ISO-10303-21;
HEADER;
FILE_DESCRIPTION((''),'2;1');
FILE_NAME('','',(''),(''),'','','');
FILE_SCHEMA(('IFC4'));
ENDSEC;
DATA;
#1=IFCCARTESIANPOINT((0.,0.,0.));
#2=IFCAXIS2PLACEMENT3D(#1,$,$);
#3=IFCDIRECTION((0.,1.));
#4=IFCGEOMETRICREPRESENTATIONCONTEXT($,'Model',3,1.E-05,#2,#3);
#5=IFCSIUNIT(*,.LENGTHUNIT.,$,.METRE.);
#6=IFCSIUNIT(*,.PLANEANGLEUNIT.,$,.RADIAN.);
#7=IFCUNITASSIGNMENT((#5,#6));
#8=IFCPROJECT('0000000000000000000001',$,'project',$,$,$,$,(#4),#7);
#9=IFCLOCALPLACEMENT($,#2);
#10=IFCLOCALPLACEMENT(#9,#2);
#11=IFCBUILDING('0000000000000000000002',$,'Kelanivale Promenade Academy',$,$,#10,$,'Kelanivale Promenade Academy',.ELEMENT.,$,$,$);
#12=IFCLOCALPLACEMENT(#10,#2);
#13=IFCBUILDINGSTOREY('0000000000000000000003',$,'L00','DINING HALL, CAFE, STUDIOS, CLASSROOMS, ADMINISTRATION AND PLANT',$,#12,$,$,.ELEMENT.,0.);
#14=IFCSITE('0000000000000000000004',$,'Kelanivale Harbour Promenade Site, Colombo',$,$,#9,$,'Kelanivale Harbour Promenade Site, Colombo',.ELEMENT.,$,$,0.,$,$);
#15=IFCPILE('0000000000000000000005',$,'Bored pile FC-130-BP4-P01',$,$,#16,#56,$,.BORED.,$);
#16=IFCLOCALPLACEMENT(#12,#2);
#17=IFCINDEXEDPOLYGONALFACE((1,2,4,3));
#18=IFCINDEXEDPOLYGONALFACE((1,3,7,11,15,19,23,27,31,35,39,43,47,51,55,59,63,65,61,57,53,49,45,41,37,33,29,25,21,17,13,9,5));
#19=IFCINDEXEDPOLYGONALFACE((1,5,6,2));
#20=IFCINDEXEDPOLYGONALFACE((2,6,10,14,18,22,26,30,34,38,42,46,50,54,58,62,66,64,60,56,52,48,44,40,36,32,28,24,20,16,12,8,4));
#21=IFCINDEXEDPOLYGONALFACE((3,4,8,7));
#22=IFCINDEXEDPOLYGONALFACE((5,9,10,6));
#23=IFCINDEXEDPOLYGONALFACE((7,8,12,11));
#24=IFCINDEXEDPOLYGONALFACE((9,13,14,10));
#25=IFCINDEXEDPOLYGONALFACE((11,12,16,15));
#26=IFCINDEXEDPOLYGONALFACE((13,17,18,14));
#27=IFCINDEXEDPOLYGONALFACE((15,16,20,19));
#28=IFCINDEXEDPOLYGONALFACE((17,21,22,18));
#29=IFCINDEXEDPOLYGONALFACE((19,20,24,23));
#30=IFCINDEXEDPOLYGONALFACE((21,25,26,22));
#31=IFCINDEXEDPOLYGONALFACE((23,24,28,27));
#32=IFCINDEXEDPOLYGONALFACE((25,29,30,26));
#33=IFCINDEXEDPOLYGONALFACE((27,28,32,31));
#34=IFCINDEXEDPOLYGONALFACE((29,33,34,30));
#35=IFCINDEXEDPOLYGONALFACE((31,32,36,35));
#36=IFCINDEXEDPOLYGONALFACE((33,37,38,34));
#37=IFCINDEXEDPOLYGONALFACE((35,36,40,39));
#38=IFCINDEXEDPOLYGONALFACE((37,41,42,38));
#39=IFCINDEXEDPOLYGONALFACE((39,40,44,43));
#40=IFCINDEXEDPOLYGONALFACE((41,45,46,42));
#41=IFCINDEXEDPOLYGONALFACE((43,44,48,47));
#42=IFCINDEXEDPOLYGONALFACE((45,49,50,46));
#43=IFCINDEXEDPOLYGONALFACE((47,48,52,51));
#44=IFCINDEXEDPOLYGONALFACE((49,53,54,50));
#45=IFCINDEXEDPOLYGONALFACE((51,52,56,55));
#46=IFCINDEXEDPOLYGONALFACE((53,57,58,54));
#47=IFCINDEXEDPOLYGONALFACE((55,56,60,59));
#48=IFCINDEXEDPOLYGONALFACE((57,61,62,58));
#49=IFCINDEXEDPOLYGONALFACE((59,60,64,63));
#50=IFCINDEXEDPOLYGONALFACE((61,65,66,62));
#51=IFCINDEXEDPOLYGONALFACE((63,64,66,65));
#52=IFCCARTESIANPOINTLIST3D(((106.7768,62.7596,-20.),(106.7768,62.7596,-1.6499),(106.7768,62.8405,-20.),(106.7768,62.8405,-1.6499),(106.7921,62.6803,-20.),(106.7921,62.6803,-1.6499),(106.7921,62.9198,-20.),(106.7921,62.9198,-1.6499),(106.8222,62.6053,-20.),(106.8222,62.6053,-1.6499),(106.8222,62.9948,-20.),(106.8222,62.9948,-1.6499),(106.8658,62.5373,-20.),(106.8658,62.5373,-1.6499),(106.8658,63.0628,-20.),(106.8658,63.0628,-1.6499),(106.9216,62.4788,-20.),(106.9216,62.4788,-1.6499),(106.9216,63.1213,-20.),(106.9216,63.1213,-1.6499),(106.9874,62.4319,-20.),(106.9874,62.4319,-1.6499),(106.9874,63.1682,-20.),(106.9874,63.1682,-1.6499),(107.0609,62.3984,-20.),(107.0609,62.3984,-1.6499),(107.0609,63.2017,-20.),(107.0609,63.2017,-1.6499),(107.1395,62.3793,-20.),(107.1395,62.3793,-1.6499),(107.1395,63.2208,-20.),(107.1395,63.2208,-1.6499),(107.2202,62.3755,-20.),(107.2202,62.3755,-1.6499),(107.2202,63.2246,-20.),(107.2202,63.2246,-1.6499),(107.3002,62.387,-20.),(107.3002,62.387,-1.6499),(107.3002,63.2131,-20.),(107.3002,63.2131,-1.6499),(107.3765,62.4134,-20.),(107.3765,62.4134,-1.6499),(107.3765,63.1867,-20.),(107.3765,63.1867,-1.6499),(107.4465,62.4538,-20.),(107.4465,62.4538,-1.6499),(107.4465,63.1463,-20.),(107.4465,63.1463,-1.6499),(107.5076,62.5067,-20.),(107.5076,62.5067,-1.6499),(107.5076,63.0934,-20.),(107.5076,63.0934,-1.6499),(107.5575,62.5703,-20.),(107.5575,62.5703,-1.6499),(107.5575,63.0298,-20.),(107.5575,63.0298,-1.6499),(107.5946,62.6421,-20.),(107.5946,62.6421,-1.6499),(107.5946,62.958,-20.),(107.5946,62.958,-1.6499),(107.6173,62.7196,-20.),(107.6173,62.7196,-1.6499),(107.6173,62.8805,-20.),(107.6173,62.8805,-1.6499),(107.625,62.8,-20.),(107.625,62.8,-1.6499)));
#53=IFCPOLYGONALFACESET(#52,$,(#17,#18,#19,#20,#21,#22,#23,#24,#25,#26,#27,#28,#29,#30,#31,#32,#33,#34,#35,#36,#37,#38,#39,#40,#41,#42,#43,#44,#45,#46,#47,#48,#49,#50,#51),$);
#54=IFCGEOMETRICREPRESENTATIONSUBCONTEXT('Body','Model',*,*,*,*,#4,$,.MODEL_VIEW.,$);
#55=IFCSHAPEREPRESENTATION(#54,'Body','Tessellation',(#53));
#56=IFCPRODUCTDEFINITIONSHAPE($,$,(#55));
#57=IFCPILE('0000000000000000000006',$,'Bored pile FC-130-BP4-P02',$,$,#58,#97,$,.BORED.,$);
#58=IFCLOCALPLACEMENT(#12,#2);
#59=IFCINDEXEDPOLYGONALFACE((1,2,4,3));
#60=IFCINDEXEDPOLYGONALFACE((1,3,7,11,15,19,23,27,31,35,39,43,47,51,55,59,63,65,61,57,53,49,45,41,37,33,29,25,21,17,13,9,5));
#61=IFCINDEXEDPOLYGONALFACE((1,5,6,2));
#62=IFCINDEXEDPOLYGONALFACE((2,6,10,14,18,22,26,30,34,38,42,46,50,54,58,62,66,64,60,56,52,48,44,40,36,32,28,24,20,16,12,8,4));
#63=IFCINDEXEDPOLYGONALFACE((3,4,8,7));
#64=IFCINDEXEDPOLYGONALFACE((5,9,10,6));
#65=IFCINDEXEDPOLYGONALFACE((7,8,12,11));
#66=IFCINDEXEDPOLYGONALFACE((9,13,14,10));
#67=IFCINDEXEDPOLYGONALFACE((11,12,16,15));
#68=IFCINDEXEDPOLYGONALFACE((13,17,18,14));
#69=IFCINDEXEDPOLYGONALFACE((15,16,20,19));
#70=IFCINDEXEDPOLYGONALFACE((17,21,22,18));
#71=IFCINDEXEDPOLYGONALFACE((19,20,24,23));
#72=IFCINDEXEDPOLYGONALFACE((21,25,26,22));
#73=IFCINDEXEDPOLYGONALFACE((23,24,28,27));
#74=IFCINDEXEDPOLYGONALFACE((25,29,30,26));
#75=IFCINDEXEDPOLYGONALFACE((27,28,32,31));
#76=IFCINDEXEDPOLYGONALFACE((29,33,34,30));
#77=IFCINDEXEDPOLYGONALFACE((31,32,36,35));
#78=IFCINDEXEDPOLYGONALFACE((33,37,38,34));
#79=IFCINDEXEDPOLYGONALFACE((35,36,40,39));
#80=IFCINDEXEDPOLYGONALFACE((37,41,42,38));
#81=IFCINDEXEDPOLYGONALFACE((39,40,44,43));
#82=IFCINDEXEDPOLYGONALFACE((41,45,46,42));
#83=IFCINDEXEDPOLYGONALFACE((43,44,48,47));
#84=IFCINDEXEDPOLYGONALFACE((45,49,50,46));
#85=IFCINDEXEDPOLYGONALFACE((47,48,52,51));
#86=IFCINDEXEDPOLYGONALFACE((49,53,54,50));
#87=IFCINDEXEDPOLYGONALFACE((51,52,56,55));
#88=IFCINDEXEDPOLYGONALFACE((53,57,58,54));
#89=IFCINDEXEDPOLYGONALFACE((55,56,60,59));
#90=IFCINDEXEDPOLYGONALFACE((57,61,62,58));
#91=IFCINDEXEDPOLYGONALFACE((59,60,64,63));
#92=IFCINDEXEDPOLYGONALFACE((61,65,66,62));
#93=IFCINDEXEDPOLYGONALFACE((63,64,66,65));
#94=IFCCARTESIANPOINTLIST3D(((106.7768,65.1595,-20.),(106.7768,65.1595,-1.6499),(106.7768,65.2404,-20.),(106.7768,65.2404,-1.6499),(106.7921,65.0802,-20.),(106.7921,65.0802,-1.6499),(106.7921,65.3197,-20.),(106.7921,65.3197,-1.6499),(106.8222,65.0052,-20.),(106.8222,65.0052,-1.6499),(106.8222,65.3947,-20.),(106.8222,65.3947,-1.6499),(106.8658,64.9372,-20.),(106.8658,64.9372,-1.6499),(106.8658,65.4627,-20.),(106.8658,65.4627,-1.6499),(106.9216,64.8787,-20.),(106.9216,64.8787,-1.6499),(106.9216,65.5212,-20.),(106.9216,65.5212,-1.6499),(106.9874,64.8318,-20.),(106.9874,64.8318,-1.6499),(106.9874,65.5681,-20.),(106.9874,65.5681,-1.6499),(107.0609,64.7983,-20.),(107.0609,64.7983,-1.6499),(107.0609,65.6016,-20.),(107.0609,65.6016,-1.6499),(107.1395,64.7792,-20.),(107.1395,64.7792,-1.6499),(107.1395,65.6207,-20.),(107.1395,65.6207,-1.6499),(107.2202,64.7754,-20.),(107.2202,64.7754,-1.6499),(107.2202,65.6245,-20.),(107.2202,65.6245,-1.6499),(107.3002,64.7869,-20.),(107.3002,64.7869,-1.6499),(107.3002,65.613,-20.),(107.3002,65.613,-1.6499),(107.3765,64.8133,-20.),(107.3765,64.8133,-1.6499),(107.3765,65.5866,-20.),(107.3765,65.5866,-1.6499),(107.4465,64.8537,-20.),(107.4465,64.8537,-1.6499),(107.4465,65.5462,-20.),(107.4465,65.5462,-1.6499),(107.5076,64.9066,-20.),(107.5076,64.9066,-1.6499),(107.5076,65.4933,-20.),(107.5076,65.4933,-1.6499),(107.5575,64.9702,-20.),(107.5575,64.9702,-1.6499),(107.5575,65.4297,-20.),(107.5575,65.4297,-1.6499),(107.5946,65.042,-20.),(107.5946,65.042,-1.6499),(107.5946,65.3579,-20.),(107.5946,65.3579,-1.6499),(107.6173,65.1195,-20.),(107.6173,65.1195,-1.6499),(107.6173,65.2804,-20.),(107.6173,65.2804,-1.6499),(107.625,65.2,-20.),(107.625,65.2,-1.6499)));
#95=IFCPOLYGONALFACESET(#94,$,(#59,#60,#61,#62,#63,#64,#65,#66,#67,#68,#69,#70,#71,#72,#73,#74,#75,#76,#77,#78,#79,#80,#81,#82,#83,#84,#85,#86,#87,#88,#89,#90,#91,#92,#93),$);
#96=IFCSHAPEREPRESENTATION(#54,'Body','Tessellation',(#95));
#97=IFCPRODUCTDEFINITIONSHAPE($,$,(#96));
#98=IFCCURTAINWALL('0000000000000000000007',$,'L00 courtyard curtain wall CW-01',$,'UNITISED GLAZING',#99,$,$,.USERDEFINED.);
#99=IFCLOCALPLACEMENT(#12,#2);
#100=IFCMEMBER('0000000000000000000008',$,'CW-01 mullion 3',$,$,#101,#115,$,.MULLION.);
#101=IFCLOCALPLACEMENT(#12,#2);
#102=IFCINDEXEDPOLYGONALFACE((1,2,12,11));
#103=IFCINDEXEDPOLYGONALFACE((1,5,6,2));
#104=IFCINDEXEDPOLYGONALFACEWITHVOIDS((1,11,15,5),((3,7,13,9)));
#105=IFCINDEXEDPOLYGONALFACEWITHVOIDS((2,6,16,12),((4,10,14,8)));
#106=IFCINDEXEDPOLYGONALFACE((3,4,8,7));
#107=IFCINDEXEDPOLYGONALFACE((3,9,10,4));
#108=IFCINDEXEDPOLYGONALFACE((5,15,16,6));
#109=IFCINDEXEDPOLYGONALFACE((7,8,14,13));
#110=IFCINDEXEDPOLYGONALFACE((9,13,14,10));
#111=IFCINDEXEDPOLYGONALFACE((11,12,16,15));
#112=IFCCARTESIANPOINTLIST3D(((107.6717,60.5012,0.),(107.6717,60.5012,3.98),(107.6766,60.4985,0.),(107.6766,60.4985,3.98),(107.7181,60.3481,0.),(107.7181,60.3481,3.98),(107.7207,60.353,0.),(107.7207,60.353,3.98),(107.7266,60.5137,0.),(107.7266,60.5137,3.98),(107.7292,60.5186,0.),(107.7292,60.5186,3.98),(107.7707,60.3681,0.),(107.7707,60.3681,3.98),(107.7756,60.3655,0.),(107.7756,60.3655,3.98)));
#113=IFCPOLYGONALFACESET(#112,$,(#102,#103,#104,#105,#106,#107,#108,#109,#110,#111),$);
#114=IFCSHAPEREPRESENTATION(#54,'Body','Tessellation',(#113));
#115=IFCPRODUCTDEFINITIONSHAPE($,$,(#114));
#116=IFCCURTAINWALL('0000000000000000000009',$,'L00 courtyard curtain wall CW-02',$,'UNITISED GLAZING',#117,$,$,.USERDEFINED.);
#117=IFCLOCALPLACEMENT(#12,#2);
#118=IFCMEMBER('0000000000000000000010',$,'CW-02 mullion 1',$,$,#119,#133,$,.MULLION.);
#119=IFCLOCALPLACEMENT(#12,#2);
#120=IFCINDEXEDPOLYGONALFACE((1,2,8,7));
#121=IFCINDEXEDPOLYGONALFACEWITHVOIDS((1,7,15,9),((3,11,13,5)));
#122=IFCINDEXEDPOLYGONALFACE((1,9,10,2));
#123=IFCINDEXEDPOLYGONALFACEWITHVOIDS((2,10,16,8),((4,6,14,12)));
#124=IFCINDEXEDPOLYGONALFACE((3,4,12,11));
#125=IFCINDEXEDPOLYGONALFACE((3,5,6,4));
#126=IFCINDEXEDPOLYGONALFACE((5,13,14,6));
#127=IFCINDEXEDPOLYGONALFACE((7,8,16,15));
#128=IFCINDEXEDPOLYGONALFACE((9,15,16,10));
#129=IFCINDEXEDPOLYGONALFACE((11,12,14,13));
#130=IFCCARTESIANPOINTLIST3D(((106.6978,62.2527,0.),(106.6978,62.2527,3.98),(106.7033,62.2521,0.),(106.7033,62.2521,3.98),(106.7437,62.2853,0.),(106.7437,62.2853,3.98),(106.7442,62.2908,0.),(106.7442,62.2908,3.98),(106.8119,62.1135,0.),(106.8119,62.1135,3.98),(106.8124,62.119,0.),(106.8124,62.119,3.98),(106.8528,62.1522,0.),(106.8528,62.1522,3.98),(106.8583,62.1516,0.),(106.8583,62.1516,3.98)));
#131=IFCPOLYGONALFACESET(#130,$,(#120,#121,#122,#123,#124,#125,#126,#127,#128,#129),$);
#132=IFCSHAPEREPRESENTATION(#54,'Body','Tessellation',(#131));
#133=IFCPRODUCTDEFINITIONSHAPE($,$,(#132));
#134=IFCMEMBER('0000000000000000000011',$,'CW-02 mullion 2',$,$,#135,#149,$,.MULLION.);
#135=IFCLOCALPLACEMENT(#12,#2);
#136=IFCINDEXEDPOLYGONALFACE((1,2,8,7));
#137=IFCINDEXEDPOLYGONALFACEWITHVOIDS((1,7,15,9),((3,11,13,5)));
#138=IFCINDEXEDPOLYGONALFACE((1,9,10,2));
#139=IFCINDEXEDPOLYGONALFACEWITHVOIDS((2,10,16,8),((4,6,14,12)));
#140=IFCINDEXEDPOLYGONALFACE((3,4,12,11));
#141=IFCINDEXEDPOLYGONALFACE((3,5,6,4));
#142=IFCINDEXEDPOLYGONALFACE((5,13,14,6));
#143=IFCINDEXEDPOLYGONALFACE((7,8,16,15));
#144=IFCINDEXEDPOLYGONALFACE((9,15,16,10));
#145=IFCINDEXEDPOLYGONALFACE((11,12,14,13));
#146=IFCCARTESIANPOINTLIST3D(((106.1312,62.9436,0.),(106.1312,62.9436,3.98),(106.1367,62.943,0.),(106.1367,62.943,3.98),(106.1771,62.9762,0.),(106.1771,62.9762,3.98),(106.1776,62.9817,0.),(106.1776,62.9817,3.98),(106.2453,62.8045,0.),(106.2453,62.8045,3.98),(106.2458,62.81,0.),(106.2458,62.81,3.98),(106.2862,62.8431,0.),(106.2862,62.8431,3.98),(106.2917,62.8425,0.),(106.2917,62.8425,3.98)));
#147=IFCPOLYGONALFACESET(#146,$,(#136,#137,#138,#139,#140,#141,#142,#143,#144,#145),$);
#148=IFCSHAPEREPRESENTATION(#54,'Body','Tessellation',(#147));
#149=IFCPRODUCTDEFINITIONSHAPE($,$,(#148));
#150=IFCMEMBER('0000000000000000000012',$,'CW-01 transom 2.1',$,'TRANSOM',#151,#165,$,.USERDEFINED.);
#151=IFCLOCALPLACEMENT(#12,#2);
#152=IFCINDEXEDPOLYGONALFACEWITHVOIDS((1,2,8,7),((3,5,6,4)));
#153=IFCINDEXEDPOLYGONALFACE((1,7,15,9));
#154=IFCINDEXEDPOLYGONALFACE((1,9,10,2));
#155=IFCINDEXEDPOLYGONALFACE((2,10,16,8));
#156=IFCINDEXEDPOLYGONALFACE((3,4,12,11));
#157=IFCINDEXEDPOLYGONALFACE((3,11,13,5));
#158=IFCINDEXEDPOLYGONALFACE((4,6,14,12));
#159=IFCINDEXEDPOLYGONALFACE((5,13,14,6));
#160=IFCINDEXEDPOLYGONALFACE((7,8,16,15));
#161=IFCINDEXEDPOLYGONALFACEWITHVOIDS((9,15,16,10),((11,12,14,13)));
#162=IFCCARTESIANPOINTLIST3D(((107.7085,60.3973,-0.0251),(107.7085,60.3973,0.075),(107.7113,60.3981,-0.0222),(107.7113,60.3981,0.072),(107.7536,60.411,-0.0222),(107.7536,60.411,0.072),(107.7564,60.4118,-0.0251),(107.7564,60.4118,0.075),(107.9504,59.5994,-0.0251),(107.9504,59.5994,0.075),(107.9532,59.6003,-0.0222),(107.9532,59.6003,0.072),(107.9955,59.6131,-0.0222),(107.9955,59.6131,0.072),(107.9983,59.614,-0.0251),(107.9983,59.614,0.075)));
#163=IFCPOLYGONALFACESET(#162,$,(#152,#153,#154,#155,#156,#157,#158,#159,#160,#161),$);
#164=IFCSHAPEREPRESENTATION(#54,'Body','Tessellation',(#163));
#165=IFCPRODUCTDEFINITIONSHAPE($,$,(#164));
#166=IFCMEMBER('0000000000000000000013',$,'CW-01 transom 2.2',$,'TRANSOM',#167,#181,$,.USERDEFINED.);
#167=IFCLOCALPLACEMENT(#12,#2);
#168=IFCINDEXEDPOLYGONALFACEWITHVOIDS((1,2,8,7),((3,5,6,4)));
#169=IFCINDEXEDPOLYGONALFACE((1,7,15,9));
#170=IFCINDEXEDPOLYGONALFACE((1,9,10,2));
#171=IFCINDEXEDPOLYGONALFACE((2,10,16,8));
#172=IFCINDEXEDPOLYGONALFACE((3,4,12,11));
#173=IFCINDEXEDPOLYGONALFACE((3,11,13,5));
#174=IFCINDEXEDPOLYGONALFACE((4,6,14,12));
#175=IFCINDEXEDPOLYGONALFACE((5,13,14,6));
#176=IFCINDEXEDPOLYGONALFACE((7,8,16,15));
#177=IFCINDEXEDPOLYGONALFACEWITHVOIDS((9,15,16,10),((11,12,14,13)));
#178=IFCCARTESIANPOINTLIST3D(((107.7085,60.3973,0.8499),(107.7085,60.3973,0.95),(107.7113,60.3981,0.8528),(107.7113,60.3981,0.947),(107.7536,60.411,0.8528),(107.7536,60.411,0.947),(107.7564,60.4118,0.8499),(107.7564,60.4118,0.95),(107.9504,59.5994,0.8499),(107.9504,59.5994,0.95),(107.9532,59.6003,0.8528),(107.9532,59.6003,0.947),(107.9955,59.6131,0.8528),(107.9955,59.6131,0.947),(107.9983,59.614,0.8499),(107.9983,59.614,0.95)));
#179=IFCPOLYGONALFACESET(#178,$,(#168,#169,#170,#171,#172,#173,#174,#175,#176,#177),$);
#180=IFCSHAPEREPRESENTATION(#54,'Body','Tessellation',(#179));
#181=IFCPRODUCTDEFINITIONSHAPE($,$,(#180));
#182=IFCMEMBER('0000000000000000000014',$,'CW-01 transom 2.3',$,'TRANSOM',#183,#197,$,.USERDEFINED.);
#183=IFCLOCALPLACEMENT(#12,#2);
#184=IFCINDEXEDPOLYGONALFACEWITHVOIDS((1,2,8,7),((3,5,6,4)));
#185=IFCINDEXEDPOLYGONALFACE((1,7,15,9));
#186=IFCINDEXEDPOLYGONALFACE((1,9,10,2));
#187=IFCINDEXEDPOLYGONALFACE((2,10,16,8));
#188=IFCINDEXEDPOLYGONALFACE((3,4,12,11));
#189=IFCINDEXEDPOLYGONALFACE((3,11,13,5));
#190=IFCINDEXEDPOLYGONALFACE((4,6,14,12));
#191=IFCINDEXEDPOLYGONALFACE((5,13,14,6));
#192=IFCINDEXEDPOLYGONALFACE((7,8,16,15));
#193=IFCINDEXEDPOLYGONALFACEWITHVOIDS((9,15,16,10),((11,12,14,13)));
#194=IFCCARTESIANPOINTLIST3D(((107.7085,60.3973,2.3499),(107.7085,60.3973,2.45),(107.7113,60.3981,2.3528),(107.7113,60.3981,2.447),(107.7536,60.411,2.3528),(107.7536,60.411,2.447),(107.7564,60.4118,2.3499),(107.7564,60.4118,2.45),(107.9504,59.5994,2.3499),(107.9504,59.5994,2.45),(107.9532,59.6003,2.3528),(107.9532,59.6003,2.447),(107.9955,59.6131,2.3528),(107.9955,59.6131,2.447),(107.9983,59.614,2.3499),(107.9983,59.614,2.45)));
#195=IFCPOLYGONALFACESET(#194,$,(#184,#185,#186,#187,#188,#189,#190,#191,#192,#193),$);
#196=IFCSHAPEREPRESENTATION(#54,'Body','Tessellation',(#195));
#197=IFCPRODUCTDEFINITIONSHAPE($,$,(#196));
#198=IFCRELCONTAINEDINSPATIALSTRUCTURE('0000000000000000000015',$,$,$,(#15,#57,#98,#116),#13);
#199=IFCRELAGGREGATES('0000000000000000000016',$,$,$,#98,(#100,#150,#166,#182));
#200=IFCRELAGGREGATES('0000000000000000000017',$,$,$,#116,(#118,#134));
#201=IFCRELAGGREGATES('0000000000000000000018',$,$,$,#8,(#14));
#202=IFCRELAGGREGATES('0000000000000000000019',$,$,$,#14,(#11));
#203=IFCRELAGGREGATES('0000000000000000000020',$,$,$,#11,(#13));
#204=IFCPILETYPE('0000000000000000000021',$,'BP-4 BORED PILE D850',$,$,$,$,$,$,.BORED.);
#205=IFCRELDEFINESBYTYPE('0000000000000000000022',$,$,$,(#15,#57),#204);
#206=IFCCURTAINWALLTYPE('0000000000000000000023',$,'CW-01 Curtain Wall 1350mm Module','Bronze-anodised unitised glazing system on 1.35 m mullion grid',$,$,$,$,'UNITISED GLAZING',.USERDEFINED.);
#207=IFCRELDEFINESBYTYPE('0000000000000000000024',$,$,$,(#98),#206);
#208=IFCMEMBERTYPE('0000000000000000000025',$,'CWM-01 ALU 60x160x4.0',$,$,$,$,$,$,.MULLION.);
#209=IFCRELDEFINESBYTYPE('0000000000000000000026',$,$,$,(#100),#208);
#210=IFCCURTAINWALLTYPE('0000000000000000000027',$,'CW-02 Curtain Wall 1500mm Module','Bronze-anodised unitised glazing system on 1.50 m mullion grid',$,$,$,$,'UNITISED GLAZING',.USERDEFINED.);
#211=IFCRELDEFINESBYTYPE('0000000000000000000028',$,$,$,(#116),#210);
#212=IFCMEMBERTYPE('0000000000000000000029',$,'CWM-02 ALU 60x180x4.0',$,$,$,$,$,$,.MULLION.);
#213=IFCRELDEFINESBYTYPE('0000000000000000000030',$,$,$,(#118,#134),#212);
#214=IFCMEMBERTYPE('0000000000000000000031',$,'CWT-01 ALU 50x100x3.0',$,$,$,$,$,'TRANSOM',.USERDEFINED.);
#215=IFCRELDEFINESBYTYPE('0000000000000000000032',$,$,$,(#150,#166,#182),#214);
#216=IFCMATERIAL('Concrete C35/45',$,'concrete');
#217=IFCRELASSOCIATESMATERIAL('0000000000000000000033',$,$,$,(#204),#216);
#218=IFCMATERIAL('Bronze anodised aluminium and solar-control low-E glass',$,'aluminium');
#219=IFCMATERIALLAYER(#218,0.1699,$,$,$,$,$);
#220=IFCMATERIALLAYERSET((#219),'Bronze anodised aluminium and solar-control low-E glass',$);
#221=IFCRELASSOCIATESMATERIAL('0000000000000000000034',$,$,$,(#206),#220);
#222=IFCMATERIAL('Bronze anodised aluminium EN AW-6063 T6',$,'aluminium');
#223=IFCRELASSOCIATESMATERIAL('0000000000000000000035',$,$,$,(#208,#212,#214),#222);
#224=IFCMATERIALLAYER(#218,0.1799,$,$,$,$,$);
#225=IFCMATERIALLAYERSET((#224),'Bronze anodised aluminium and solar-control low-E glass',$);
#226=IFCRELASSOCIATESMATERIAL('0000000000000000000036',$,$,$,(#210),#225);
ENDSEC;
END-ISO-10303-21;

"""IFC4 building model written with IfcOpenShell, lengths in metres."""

from ifc_helpers import new_model, si_unit, direction, frame, origin, origin_2d, place, context, subcontext, project, spatial, hollow_rectangle, circle, extrude, material, layer, layer_set, material_profile, profile_set, type_object, element, aggregate, save


model = new_model("IFC4")

# Units and contexts
model_context = context("Model", 3, precision=1e-05, world=origin(), true_north=direction((0.0, 1.0)))
body_context = subcontext(model_context, "Body", "Model", "MODEL_VIEW")
ifc_project = project(units=[si_unit("LENGTHUNIT", "METRE"), si_unit("PLANEANGLEUNIT", "RADIAN")], contexts=[model_context])

# Site, building, storey
site_placement = place(None, origin())
site = spatial("IfcSite", under=ifc_project, at=site_placement, Name="Kelanivale Harbour Promenade Site, Colombo", LongName="Kelanivale Harbour Promenade Site, Colombo", CompositionType="ELEMENT", RefElevation=0.0)
building_placement = place(site_placement, origin())
building = spatial("IfcBuilding", under=site, at=building_placement, Name="Kelanivale Promenade Academy", LongName="Kelanivale Promenade Academy", CompositionType="ELEMENT")
storey_placement = place(building_placement, origin())
storey = spatial("IfcBuildingStorey", under=building, at=storey_placement, Name="L00", Description="DINING HALL, CAFE, STUDIOS, CLASSROOMS, ADMINISTRATION AND PLANT", CompositionType="ELEMENT", Elevation=0.0)

# Piles
ifc_material_1 = material(Name="Concrete C35/45", Category="concrete")
ifc_material_profile_1 = material_profile(ifc_material_1, circle(Radius=0.425, at=origin_2d()), Name="BORED PILE D850")
ifc_profile_set_1 = profile_set([ifc_material_profile_1], Name="Concrete C35/45")
pile_type = type_object("IfcPileType", Name="BP-4 BORED PILE D850", PredefinedType="BORED", material=ifc_profile_set_1)
for number, where, z_axis, x_axis, name in (
    (1, (107.2, 62.8, -1.6499), (0.0, 0.0, -1.0), (1.0, 0.0, 0.0), "Bored pile FC-130-BP4-P01"),
    (2, (107.2, 65.2, -1.6499), (0.0, 0.0, -1.0), (1.0, 0.0, 0.0), "Bored pile FC-130-BP4-P02"),
):
    element("IfcPile", number, at=place(storey_placement, frame(where, z_axis=z_axis, x_axis=x_axis)), inside=storey, type_object=pile_type, Name=name, PredefinedType="BORED", context=body_context, shape_type="SweptSolid", body=[
        extrude(circle(Radius=0.425, at=origin_2d()), origin(), (0.0, 0.0, 1.0), 18.3501),
    ])

# Curtain wall, member
ifc_material_2 = material(Name="Bronze anodised aluminium and solar-control low-E glass", Category="aluminium")
ifc_layer_1 = layer(ifc_material_2, 0.1699)
ifc_layer_set_1 = layer_set([ifc_layer_1], Name="Bronze anodised aluminium and solar-control low-E glass")
curtain_wall_type_1 = type_object("IfcCurtainWallType", Name="CW-01 Curtain Wall 1350mm Module", Description="Bronze-anodised unitised glazing system on 1.35 m mullion grid", ElementType="UNITISED GLAZING", PredefinedType="USERDEFINED", material=ifc_layer_set_1)
curtain_wall_1_placement = place(storey_placement, origin())
curtain_wall_1 = element("IfcCurtainWall", 3, at=curtain_wall_1_placement, inside=storey, type_object=curtain_wall_type_1, Name="L00 courtyard curtain wall CW-01", ObjectType="UNITISED GLAZING", PredefinedType="USERDEFINED")
ifc_material_3 = material(Name="Bronze anodised aluminium EN AW-6063 T6", Category="aluminium")
ifc_material_profile_2 = material_profile(ifc_material_3, hollow_rectangle(XDim=0.0601, YDim=0.1599, WallThickness=0.0039, at=origin_2d()), Name="ALU 60x160x4.0")
ifc_profile_set_2 = profile_set([ifc_material_profile_2], Name="Bronze anodised aluminium EN AW-6063 T6")
member_type_1 = type_object("IfcMemberType", Name="CWM-01 ALU 60x160x4.0", PredefinedType="MULLION", material=ifc_profile_set_2)
member_1_placement = place(storey_placement, frame((107.7236, 60.4333, 0.0), z_axis=(0.0, 0.0, 1.0), x_axis=(-0.956988, -0.290128, 0.0)))
member_1 = element("IfcMember", 4, at=member_1_placement, type_object=member_type_1, Name="CW-01 mullion 3", PredefinedType="MULLION", context=body_context, shape_type="SweptSolid", body=[
    extrude(hollow_rectangle(XDim=0.0601, YDim=0.1599, WallThickness=0.0039, at=origin_2d()), origin(), (0.0, 0.0, 1.0), 3.98),
])

# Curtain wall, members
ifc_layer_2 = layer(ifc_material_2, 0.1799)
ifc_layer_set_2 = layer_set([ifc_layer_2], Name="Bronze anodised aluminium and solar-control low-E glass")
curtain_wall_type_2 = type_object("IfcCurtainWallType", Name="CW-02 Curtain Wall 1500mm Module", Description="Bronze-anodised unitised glazing system on 1.50 m mullion grid", ElementType="UNITISED GLAZING", PredefinedType="USERDEFINED", material=ifc_layer_set_2)
curtain_wall_2_placement = place(storey_placement, origin())
curtain_wall_2 = element("IfcCurtainWall", 5, at=curtain_wall_2_placement, inside=storey, type_object=curtain_wall_type_2, Name="L00 courtyard curtain wall CW-02", ObjectType="UNITISED GLAZING", PredefinedType="USERDEFINED")
ifc_material_profile_3 = material_profile(ifc_material_3, hollow_rectangle(XDim=0.0601, YDim=0.1799, WallThickness=0.0039, at=origin_2d()), Name="ALU 60x180x4.0")
ifc_profile_set_3 = profile_set([ifc_material_profile_3], Name="Bronze anodised aluminium EN AW-6063 T6")
member_type_2 = type_object("IfcMemberType", Name="CWM-02 ALU 60x180x4.0", PredefinedType="MULLION", material=ifc_profile_set_3)
member_2_placement = place(storey_placement, frame((106.7781, 62.2021, 0.0), z_axis=(0.0, 0.0, 1.0), x_axis=(-0.773257, -0.634093, 0.0)))
member_2 = element("IfcMember", 6, at=member_2_placement, type_object=member_type_2, Name="CW-02 mullion 1", PredefinedType="MULLION", context=body_context, shape_type="SweptSolid", body=[
    extrude(hollow_rectangle(XDim=0.0601, YDim=0.1799, WallThickness=0.0039, at=origin_2d()), origin(), (0.0, 0.0, 1.0), 3.98),
])
member_3_placement = place(storey_placement, frame((106.2114, 62.8931, 0.0), z_axis=(0.0, 0.0, 1.0), x_axis=(-0.773257, -0.634093, 0.0)))
member_3 = element("IfcMember", 7, at=member_3_placement, type_object=member_type_2, Name="CW-02 mullion 2", PredefinedType="MULLION", context=body_context, shape_type="SweptSolid", body=[
    extrude(hollow_rectangle(XDim=0.0601, YDim=0.1799, WallThickness=0.0039, at=origin_2d()), origin(), (0.0, 0.0, 1.0), 3.98),
])

# Members
ifc_material_profile_4 = material_profile(ifc_material_3, hollow_rectangle(XDim=0.05, YDim=0.1001, WallThickness=0.0029, at=origin_2d()), Name="ALU 50x100x3.0")
ifc_profile_set_4 = profile_set([ifc_material_profile_4], Name="Bronze anodised aluminium EN AW-6063 T6")
member_type_3 = type_object("IfcMemberType", Name="CWT-01 ALU 50x100x3.0", ElementType="TRANSOM", PredefinedType="USERDEFINED", material=ifc_profile_set_4)
member_4_placement = place(storey_placement, frame((107.9744, 59.6067, 0.0249), z_axis=(-0.290194, 0.956968, 0.0), x_axis=(-0.956968, -0.290194, 0.0)))
member_4 = element("IfcMember", 8, at=member_4_placement, type_object=member_type_3, Name="CW-01 transom 2.1", ObjectType="TRANSOM", PredefinedType="USERDEFINED", context=body_context, shape_type="SweptSolid", body=[
    extrude(hollow_rectangle(XDim=0.05, YDim=0.1001, WallThickness=0.0029, at=origin_2d()), origin(), (0.0, 0.0, 1.0), 0.8337),
])
member_5_placement = place(storey_placement, frame((107.9744, 59.6067, 0.8999), z_axis=(-0.290194, 0.956968, 0.0), x_axis=(-0.956968, -0.290194, 0.0)))
member_5 = element("IfcMember", 9, at=member_5_placement, type_object=member_type_3, Name="CW-01 transom 2.2", ObjectType="TRANSOM", PredefinedType="USERDEFINED", context=body_context, shape_type="SweptSolid", body=[
    extrude(hollow_rectangle(XDim=0.05, YDim=0.1001, WallThickness=0.0029, at=origin_2d()), origin(), (0.0, 0.0, 1.0), 0.8337),
])
member_6_placement = place(storey_placement, frame((107.9744, 59.6067, 2.3999), z_axis=(-0.290194, 0.956968, 0.0), x_axis=(-0.956968, -0.290194, 0.0)))
member_6 = element("IfcMember", 10, at=member_6_placement, type_object=member_type_3, Name="CW-01 transom 2.3", ObjectType="TRANSOM", PredefinedType="USERDEFINED", context=body_context, shape_type="SweptSolid", body=[
    extrude(hollow_rectangle(XDim=0.05, YDim=0.1001, WallThickness=0.0029, at=origin_2d()), origin(), (0.0, 0.0, 1.0), 0.8337),
])

aggregate(curtain_wall_1, [member_1, member_4, member_5, member_6])
aggregate(curtain_wall_2, [member_2, member_3])

save(model, "model.ifc")
